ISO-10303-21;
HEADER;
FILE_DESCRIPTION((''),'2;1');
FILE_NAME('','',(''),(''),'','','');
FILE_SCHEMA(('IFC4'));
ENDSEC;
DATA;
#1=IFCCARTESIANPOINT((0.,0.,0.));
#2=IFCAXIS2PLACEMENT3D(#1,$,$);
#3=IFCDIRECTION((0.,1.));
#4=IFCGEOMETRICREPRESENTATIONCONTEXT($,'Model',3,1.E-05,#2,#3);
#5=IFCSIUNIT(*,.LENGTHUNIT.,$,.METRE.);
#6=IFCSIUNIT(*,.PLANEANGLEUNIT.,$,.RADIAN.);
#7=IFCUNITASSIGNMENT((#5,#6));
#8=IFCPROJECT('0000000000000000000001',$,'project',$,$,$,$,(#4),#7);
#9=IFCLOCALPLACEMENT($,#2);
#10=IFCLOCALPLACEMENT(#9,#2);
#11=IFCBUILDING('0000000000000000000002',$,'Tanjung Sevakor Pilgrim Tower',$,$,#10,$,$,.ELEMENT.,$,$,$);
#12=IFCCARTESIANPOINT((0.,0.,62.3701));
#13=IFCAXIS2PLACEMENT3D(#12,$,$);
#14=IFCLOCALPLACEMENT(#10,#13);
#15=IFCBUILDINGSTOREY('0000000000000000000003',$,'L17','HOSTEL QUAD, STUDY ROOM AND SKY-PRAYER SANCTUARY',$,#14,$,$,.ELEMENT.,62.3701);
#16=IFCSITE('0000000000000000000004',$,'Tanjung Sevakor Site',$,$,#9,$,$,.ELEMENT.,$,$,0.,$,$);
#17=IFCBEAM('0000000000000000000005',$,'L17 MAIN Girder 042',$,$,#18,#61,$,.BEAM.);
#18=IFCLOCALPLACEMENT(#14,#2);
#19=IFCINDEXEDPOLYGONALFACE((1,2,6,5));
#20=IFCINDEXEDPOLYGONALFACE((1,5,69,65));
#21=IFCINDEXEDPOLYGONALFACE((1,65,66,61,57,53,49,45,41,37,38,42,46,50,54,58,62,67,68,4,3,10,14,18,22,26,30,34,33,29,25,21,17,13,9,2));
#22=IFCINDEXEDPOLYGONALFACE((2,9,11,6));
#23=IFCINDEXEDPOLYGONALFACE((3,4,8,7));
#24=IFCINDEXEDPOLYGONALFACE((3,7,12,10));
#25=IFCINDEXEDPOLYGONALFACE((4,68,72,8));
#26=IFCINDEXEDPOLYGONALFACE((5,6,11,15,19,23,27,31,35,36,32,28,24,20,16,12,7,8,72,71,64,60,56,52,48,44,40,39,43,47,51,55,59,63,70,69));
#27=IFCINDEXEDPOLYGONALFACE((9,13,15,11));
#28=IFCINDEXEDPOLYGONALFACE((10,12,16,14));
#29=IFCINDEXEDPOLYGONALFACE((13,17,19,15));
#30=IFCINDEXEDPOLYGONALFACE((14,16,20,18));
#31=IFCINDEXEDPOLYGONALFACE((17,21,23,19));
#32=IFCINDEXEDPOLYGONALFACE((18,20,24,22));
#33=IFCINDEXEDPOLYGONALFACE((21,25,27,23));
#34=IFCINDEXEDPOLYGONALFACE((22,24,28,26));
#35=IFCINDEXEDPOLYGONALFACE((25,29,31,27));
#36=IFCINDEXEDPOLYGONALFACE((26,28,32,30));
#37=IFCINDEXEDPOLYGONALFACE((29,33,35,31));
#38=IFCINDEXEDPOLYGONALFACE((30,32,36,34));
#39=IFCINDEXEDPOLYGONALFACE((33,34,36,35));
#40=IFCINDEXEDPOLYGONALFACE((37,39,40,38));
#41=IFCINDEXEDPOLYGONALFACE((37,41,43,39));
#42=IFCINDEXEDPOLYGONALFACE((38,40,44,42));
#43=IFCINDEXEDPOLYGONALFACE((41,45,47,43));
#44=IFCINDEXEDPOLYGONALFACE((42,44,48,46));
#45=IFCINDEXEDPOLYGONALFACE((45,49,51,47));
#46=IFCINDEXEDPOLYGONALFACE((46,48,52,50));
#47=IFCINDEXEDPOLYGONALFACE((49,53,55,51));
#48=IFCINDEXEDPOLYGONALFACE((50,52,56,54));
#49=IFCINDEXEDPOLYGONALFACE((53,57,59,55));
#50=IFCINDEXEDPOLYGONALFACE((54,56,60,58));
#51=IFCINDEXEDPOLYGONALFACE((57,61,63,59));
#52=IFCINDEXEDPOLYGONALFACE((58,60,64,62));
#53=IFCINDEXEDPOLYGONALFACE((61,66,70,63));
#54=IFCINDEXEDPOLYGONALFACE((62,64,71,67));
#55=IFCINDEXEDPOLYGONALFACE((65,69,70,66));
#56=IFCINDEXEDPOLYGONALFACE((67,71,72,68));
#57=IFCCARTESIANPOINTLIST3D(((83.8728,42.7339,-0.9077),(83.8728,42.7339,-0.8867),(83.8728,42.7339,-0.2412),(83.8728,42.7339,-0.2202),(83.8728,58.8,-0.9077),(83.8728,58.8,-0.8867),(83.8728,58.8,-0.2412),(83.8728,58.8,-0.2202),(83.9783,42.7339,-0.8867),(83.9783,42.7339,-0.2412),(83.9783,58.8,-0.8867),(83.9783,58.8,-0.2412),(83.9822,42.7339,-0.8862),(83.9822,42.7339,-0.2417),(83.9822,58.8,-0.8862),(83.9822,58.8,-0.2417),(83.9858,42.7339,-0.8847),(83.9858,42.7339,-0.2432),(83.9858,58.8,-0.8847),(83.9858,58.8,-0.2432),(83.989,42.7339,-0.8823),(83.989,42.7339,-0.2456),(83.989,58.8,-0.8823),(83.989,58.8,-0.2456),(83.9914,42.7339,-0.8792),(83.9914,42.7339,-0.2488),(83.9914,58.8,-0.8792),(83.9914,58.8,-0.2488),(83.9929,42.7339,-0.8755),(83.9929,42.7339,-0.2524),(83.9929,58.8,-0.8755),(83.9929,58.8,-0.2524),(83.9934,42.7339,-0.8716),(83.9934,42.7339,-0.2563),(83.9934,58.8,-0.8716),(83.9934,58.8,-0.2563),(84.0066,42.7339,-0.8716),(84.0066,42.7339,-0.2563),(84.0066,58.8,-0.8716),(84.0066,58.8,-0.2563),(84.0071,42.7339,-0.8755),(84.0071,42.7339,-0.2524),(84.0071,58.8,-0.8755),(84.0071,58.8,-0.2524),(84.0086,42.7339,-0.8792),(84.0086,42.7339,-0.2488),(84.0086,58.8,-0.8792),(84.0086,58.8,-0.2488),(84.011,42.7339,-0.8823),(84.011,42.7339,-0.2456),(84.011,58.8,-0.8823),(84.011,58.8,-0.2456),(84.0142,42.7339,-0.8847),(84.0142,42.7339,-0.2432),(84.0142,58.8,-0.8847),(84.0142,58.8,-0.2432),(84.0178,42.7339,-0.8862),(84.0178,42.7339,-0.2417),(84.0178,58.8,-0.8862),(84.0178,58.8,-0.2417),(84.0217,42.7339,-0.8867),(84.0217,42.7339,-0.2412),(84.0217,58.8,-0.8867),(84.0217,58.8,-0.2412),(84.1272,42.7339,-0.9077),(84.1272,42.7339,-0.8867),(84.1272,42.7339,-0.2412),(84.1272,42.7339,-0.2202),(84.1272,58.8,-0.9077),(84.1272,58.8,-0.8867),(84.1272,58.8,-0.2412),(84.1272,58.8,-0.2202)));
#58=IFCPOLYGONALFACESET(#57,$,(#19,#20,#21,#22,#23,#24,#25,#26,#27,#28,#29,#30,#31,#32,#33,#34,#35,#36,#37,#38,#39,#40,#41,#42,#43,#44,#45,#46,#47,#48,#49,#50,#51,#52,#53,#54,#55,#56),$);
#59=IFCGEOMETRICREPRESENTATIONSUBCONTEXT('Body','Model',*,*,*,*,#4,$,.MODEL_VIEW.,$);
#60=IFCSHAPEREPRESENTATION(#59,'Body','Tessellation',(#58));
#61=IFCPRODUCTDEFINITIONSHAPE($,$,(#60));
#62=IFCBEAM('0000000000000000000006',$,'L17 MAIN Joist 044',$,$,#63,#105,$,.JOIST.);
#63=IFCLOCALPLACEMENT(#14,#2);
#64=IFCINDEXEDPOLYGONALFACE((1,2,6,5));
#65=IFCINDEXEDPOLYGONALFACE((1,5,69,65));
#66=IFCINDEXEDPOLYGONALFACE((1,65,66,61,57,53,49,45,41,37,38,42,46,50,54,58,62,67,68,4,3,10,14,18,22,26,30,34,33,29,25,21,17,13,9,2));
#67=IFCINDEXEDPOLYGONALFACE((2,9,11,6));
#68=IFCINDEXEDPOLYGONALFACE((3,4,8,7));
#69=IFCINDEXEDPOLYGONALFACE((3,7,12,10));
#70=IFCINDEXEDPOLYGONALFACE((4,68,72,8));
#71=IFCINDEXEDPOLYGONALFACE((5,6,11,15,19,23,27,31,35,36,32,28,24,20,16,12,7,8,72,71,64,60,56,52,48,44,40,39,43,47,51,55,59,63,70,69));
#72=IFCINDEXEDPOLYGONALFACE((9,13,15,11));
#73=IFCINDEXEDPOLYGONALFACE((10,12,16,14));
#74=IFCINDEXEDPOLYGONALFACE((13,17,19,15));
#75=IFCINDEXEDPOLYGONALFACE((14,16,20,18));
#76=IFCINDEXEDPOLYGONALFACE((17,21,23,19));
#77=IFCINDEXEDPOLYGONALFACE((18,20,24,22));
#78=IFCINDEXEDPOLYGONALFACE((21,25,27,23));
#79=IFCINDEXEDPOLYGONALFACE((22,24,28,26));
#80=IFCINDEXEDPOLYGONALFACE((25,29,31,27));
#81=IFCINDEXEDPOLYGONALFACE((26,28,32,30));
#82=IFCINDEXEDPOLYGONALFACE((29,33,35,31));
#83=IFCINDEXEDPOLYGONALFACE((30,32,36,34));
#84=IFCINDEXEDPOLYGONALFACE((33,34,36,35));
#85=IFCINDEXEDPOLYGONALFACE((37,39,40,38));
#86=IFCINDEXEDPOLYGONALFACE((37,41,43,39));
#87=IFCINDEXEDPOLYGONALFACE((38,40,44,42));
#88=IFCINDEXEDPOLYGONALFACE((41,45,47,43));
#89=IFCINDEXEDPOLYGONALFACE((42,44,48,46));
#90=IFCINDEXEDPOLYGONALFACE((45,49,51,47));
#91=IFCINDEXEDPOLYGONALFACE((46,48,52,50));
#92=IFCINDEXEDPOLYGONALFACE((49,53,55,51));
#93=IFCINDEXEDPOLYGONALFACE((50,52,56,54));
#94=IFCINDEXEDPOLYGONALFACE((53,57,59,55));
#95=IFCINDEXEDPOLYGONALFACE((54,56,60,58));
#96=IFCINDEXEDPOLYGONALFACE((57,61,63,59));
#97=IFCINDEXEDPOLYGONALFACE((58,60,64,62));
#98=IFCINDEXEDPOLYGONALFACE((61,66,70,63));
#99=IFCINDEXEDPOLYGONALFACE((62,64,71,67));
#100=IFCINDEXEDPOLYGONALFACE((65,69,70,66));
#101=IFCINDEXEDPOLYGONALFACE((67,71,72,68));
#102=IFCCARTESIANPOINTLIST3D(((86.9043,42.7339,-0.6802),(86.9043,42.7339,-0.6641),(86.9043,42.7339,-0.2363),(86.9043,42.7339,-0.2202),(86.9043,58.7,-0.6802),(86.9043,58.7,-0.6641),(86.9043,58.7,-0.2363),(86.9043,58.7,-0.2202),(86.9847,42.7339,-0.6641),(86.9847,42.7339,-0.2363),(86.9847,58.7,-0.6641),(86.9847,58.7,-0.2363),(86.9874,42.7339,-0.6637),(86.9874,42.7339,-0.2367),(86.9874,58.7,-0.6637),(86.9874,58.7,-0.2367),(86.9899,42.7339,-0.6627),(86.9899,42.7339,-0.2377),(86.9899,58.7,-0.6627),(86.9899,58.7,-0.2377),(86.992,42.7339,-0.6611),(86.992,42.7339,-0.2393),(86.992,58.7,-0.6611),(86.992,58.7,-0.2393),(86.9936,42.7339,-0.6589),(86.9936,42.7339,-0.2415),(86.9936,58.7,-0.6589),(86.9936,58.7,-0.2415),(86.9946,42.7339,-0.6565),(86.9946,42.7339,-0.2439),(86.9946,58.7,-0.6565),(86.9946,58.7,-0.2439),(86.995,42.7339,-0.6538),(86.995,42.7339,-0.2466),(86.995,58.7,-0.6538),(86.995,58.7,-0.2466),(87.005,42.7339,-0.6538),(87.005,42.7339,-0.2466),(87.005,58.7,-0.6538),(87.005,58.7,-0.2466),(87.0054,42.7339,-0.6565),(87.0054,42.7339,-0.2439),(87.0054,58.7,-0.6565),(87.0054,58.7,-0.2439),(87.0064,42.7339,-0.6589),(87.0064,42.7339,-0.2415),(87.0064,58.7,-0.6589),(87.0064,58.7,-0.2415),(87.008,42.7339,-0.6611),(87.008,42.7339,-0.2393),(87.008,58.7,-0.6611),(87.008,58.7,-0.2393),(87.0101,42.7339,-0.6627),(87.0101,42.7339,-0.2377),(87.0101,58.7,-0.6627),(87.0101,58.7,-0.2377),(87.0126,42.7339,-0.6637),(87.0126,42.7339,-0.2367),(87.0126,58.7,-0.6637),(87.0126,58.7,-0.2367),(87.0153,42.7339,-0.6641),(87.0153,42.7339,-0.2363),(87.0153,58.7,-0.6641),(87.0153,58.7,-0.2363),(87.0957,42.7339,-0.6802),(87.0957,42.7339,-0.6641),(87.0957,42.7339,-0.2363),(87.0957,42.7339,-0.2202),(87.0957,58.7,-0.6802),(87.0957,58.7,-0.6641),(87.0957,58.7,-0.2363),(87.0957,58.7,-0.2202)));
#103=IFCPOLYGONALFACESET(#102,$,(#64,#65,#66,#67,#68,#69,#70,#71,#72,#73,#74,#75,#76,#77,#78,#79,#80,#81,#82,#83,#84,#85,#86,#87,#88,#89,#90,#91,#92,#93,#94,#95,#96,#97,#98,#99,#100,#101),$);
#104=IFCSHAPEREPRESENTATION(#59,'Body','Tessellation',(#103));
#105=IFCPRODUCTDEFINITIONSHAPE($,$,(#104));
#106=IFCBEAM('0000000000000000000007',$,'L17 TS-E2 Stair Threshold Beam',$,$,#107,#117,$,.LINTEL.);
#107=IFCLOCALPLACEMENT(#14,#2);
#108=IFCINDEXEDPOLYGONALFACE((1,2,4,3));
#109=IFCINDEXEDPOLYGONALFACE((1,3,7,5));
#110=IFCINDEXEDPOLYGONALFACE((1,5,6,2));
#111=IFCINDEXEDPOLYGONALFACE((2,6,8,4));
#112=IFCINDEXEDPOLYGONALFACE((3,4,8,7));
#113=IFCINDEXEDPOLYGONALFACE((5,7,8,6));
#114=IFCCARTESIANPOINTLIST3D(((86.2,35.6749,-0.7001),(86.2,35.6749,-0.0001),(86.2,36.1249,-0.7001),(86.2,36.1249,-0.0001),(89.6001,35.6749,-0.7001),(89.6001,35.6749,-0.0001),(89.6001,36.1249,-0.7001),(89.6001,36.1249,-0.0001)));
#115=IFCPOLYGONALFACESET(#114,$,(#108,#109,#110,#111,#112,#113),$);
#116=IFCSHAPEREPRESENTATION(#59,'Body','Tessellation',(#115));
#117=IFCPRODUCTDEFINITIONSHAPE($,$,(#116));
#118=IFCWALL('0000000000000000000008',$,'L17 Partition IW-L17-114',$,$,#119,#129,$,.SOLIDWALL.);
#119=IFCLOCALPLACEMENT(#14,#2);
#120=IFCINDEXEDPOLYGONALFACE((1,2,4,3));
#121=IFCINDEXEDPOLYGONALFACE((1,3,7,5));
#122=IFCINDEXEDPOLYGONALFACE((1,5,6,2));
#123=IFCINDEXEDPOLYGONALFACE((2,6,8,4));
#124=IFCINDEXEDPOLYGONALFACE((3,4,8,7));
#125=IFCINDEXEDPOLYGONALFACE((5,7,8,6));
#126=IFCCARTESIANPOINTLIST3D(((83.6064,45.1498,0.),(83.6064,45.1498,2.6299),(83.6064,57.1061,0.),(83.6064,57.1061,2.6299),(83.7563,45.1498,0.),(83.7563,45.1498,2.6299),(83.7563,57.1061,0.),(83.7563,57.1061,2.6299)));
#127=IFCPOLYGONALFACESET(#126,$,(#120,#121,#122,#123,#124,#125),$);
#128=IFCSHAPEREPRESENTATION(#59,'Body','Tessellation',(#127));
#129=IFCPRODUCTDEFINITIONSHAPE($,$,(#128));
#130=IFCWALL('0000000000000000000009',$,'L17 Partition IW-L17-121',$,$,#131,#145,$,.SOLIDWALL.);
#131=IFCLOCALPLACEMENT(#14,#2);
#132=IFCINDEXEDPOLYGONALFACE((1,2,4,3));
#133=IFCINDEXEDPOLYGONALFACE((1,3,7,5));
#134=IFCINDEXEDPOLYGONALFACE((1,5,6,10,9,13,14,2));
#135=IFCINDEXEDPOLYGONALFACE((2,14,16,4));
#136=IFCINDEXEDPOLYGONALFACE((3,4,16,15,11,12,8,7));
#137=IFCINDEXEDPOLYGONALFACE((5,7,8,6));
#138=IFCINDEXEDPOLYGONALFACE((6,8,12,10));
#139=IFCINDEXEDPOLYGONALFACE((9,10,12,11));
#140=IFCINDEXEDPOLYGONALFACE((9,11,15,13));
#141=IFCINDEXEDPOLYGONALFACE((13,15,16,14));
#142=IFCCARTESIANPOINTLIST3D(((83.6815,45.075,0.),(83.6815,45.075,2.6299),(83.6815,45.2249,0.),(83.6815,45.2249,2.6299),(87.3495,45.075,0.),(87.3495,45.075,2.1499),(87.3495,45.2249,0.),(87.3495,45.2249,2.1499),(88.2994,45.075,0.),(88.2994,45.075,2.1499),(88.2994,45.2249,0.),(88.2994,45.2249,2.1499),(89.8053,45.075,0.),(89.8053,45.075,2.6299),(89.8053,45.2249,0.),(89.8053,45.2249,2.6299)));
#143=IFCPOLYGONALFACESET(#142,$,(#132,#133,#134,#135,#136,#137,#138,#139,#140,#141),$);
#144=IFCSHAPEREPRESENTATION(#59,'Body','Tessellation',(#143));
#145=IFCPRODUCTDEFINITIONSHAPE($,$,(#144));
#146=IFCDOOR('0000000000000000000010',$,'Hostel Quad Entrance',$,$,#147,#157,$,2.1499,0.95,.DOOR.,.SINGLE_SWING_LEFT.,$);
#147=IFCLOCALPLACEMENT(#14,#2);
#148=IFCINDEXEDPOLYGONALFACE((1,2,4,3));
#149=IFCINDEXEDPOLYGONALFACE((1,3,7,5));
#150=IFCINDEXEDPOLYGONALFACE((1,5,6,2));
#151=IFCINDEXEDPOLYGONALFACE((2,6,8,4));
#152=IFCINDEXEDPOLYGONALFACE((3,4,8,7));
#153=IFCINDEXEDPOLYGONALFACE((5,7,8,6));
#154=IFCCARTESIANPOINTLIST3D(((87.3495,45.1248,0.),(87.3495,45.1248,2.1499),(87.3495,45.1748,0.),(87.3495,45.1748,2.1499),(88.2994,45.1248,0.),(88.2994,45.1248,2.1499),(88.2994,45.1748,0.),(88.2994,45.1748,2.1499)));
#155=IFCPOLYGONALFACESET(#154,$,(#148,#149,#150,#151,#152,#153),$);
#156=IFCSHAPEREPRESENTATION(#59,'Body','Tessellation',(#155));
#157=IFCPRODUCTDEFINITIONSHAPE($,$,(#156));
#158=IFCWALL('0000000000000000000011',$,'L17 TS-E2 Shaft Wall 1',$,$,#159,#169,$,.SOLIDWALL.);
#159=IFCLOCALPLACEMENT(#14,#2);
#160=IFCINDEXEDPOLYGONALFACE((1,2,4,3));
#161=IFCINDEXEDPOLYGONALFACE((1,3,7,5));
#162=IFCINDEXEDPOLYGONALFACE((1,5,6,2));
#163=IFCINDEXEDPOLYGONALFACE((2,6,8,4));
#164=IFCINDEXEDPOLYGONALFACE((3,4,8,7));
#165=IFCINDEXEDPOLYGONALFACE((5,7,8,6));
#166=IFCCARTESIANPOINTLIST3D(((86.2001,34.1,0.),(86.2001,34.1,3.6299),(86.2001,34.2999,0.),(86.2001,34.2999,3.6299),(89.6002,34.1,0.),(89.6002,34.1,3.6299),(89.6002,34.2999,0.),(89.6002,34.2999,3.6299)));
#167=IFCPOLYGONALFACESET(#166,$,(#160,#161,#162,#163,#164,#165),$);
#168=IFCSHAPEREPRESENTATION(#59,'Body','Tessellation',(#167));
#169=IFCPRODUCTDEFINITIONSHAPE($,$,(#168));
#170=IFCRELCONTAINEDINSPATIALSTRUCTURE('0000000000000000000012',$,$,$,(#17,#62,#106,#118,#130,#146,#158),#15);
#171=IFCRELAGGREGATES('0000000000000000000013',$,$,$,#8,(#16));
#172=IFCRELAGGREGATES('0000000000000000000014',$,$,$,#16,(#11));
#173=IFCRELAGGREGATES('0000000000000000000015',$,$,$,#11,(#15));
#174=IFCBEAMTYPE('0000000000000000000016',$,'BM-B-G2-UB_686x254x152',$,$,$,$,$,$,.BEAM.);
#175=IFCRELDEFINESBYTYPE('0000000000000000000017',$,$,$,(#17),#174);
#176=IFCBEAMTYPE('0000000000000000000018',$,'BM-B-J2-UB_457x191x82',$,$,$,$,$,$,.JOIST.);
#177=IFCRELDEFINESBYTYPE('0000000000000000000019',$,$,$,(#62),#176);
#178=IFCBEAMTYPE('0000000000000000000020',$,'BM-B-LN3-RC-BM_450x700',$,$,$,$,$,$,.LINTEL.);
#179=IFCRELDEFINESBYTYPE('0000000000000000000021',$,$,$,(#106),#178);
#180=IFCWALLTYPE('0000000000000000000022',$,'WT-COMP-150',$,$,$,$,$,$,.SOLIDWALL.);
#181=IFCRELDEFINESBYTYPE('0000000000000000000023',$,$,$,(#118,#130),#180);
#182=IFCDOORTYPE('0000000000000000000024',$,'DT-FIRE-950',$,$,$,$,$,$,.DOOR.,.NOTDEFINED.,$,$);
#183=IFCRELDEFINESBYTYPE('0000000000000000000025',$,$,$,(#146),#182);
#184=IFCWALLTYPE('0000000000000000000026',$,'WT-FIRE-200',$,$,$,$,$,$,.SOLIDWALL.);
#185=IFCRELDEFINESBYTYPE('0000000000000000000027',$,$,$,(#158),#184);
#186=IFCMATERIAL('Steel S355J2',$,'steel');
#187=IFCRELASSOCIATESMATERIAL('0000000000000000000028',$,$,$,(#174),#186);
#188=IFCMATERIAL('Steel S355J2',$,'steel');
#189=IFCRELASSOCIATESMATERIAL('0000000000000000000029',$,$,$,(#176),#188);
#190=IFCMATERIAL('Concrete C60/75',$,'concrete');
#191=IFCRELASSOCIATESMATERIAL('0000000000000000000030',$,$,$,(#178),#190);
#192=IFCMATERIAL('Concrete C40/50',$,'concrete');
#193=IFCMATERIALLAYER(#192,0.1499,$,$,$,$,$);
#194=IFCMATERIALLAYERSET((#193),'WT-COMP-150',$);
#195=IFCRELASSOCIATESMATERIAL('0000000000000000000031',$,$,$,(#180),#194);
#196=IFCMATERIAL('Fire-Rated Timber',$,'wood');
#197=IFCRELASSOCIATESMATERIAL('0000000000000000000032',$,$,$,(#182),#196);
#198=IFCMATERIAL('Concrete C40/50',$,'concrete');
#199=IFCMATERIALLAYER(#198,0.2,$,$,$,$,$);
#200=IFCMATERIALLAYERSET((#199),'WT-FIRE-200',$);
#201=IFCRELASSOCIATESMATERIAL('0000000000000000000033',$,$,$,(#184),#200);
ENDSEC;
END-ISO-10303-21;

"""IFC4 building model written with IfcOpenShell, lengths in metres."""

from ifc_helpers import new_model, si_unit, direction, frame, frame_2d, origin, origin_2d, place, context, subcontext, project, spatial, rectangle, i_section, extrude, material, layer, layer_set, material_profile, profile_set, type_object, element, fill, save


model = new_model("IFC4")

# Units and contexts
model_context = context("Model", 3, precision=1e-05, world=origin(), true_north=direction((0.0, 1.0)))
body_context = subcontext(model_context, "Body", "Model", "MODEL_VIEW")
ifc_project = project(units=[si_unit("LENGTHUNIT", "METRE"), si_unit("PLANEANGLEUNIT", "RADIAN")], contexts=[model_context])

# Site, building, storey
site_placement = place(None, origin())
site = spatial("IfcSite", under=ifc_project, at=site_placement, Name="Tanjung Sevakor Site", CompositionType="ELEMENT", RefElevation=0.0)
building_placement = place(site_placement, origin())
building = spatial("IfcBuilding", under=site, at=building_placement, Name="Tanjung Sevakor Pilgrim Tower", CompositionType="ELEMENT")
storey_placement = place(building_placement, frame((0.0, 0.0, 62.3701)))
storey = spatial("IfcBuildingStorey", under=building, at=storey_placement, Name="L17", Description="HOSTEL QUAD, STUDY ROOM AND SKY-PRAYER SANCTUARY", CompositionType="ELEMENT", Elevation=62.3701)

# Beams
ifc_material_1 = material(Name="Steel S355J2", Category="steel")
ifc_material_profile_1 = material_profile(ifc_material_1, i_section(OverallWidth=0.2544, OverallDepth=0.6875, WebThickness=0.0132, FlangeThickness=0.021, FilletRadius=0.0151, at=origin_2d()))
ifc_profile_set_1 = profile_set([ifc_material_profile_1], Name="Steel S355J2")
beam_type_1 = type_object("IfcBeamType", Name="BM-B-G2-UB_686x254x152", PredefinedType="BEAM", material=ifc_profile_set_1)
beam_1_placement = place(storey_placement, frame((84.0, 42.7339, -0.564), z_axis=(0.0, 1.0, 0.0), x_axis=(-1.0, 0.0, 0.0)))
element("IfcBeam", 1, at=beam_1_placement, inside=storey, type_object=beam_type_1, Name="L17 MAIN Girder 042", PredefinedType="BEAM", context=body_context, shape_type="SweptSolid", body=[
    extrude(i_section(OverallWidth=0.2544, OverallDepth=0.6875, WebThickness=0.0132, FlangeThickness=0.021, FilletRadius=0.0151, at=origin_2d()), origin(), (0.0, 0.0, 1.0), 16.0662),
])
ifc_material_2 = material(Name="Steel S355J2", Category="steel")
ifc_material_profile_2 = material_profile(ifc_material_2, i_section(OverallWidth=0.1914, OverallDepth=0.46, WebThickness=0.01, FlangeThickness=0.0161, FilletRadius=0.0103, at=origin_2d()))
ifc_profile_set_2 = profile_set([ifc_material_profile_2], Name="Steel S355J2")
beam_type_2 = type_object("IfcBeamType", Name="BM-B-J2-UB_457x191x82", PredefinedType="JOIST", material=ifc_profile_set_2)
beam_2_placement = place(storey_placement, frame((87.0, 42.7339, -0.4502), z_axis=(0.0, 1.0, 0.0), x_axis=(-1.0, 0.0, 0.0)))
element("IfcBeam", 2, at=beam_2_placement, inside=storey, type_object=beam_type_2, Name="L17 MAIN Joist 044", PredefinedType="JOIST", context=body_context, shape_type="SweptSolid", body=[
    extrude(i_section(OverallWidth=0.1914, OverallDepth=0.46, WebThickness=0.01, FlangeThickness=0.0161, FilletRadius=0.0103, at=origin_2d()), origin(), (0.0, 0.0, 1.0), 15.9661),
])
ifc_material_3 = material(Name="Concrete C60/75", Category="concrete")
ifc_material_profile_3 = material_profile(ifc_material_3, rectangle(XDim=0.45, YDim=0.7, at=origin_2d()))
ifc_profile_set_3 = profile_set([ifc_material_profile_3], Name="Concrete C60/75")
beam_type_3 = type_object("IfcBeamType", Name="BM-B-LN3-RC-BM_450x700", PredefinedType="LINTEL", material=ifc_profile_set_3)
beam_3_placement = place(storey_placement, frame((86.2, 35.8999, -0.3501), z_axis=(1.0, 0.0, 0.0), x_axis=(0.0, 1.0, 0.0)))
element("IfcBeam", 3, at=beam_3_placement, inside=storey, type_object=beam_type_3, Name="L17 TS-E2 Stair Threshold Beam", PredefinedType="LINTEL", context=body_context, shape_type="SweptSolid", body=[
    extrude(rectangle(XDim=0.45, YDim=0.7, at=origin_2d()), origin(), (0.0, 0.0, 1.0), 3.4001),
])

# Wall
ifc_material_4 = material(Name="Concrete C40/50", Category="concrete")
ifc_layer_1 = layer(ifc_material_4, 0.1499)
ifc_layer_set_1 = layer_set([ifc_layer_1], Name="WT-COMP-150")
wall_type_1 = type_object("IfcWallType", Name="WT-COMP-150", PredefinedType="SOLIDWALL", material=ifc_layer_set_1)
wall_1_placement = place(storey_placement, frame((83.6814, 45.1499, 0.0), z_axis=(0.0, 0.0, 1.0), x_axis=(0.0, 1.0, 0.0)))
element("IfcWall", 4, at=wall_1_placement, inside=storey, type_object=wall_type_1, Name="L17 Partition IW-L17-114", PredefinedType="SOLIDWALL", context=body_context, shape_type="SweptSolid", body=[
    extrude(rectangle(XDim=11.9563, YDim=0.1499, at=frame_2d((5.978, 0.0))), origin(), (0.0, 0.0, 1.0), 2.6299),
])

# Wall, opening, door
wall_2_placement = place(storey_placement, frame((83.6814, 45.1499, 0.0), z_axis=(0.0, 0.0, 1.0), x_axis=(1.0, 0.0, 0.0)))
wall_2 = element("IfcWall", 5, at=wall_2_placement, inside=storey, type_object=wall_type_1, Name="L17 Partition IW-L17-121", PredefinedType="SOLIDWALL", context=body_context, shape_type="SweptSolid", body=[
    extrude(rectangle(XDim=6.1238, YDim=0.1499, at=frame_2d((3.062, 0.0))), origin(), (0.0, 0.0, 1.0), 2.6299),
])
opening_1_placement = place(wall_2_placement, frame((3.668, 0.0, 0.0)))
opening_1 = element("IfcOpeningElement", 6, at=opening_1_placement, cuts=wall_2, PredefinedType="OPENING", context=body_context, shape_type="SweptSolid", body=[
    extrude(rectangle(XDim=0.95, YDim=2.1499, at=frame_2d((0.4751, 1.075))), frame((0.0, 0.085, 0.0), z_axis=(0.0, -1.0, 0.0), x_axis=(1.0, 0.0, 0.0)), (0.0, 0.0, 1.0), 0.1699),
])
ifc_material_5 = material(Name="Fire-Rated Timber", Category="wood")
door_type_1 = type_object("IfcDoorType", Name="DT-FIRE-950", OperationType="NOTDEFINED", PredefinedType="DOOR", material=ifc_material_5)
door_1_placement = place(opening_1_placement, origin())
door_1 = element("IfcDoor", 7, at=door_1_placement, inside=storey, type_object=door_type_1, Name="Hostel Quad Entrance", OperationType="SINGLE_SWING_LEFT", OverallHeight=2.1499, OverallWidth=0.95, PredefinedType="DOOR", context=body_context, shape_type="SweptSolid", body=[
    extrude(rectangle(XDim=0.95, YDim=2.1499, at=frame_2d((0.4751, 1.075))), frame((0.0, 0.0249, 0.0), z_axis=(0.0, -1.0, 0.0), x_axis=(1.0, 0.0, 0.0)), (0.0, 0.0, 1.0), 0.05),
])
fill(opening_1, door_1)

# Wall
ifc_material_6 = material(Name="Concrete C40/50", Category="concrete")
ifc_layer_2 = layer(ifc_material_6, 0.2)
ifc_layer_set_2 = layer_set([ifc_layer_2], Name="WT-FIRE-200")
wall_type_2 = type_object("IfcWallType", Name="WT-FIRE-200", PredefinedType="SOLIDWALL", material=ifc_layer_set_2)
wall_3_placement = place(storey_placement, frame((86.2, 34.2, 0.0), z_axis=(0.0, 0.0, 1.0), x_axis=(1.0, 0.0, 0.0)))
element("IfcWall", 8, at=wall_3_placement, inside=storey, type_object=wall_type_2, Name="L17 TS-E2 Shaft Wall 1", PredefinedType="SOLIDWALL", context=body_context, shape_type="SweptSolid", body=[
    extrude(rectangle(XDim=3.4001, YDim=0.2, at=frame_2d((1.7002, 0.0))), origin(), (0.0, 0.0, 1.0), 3.6299),
])

save(model, "model.ifc")
